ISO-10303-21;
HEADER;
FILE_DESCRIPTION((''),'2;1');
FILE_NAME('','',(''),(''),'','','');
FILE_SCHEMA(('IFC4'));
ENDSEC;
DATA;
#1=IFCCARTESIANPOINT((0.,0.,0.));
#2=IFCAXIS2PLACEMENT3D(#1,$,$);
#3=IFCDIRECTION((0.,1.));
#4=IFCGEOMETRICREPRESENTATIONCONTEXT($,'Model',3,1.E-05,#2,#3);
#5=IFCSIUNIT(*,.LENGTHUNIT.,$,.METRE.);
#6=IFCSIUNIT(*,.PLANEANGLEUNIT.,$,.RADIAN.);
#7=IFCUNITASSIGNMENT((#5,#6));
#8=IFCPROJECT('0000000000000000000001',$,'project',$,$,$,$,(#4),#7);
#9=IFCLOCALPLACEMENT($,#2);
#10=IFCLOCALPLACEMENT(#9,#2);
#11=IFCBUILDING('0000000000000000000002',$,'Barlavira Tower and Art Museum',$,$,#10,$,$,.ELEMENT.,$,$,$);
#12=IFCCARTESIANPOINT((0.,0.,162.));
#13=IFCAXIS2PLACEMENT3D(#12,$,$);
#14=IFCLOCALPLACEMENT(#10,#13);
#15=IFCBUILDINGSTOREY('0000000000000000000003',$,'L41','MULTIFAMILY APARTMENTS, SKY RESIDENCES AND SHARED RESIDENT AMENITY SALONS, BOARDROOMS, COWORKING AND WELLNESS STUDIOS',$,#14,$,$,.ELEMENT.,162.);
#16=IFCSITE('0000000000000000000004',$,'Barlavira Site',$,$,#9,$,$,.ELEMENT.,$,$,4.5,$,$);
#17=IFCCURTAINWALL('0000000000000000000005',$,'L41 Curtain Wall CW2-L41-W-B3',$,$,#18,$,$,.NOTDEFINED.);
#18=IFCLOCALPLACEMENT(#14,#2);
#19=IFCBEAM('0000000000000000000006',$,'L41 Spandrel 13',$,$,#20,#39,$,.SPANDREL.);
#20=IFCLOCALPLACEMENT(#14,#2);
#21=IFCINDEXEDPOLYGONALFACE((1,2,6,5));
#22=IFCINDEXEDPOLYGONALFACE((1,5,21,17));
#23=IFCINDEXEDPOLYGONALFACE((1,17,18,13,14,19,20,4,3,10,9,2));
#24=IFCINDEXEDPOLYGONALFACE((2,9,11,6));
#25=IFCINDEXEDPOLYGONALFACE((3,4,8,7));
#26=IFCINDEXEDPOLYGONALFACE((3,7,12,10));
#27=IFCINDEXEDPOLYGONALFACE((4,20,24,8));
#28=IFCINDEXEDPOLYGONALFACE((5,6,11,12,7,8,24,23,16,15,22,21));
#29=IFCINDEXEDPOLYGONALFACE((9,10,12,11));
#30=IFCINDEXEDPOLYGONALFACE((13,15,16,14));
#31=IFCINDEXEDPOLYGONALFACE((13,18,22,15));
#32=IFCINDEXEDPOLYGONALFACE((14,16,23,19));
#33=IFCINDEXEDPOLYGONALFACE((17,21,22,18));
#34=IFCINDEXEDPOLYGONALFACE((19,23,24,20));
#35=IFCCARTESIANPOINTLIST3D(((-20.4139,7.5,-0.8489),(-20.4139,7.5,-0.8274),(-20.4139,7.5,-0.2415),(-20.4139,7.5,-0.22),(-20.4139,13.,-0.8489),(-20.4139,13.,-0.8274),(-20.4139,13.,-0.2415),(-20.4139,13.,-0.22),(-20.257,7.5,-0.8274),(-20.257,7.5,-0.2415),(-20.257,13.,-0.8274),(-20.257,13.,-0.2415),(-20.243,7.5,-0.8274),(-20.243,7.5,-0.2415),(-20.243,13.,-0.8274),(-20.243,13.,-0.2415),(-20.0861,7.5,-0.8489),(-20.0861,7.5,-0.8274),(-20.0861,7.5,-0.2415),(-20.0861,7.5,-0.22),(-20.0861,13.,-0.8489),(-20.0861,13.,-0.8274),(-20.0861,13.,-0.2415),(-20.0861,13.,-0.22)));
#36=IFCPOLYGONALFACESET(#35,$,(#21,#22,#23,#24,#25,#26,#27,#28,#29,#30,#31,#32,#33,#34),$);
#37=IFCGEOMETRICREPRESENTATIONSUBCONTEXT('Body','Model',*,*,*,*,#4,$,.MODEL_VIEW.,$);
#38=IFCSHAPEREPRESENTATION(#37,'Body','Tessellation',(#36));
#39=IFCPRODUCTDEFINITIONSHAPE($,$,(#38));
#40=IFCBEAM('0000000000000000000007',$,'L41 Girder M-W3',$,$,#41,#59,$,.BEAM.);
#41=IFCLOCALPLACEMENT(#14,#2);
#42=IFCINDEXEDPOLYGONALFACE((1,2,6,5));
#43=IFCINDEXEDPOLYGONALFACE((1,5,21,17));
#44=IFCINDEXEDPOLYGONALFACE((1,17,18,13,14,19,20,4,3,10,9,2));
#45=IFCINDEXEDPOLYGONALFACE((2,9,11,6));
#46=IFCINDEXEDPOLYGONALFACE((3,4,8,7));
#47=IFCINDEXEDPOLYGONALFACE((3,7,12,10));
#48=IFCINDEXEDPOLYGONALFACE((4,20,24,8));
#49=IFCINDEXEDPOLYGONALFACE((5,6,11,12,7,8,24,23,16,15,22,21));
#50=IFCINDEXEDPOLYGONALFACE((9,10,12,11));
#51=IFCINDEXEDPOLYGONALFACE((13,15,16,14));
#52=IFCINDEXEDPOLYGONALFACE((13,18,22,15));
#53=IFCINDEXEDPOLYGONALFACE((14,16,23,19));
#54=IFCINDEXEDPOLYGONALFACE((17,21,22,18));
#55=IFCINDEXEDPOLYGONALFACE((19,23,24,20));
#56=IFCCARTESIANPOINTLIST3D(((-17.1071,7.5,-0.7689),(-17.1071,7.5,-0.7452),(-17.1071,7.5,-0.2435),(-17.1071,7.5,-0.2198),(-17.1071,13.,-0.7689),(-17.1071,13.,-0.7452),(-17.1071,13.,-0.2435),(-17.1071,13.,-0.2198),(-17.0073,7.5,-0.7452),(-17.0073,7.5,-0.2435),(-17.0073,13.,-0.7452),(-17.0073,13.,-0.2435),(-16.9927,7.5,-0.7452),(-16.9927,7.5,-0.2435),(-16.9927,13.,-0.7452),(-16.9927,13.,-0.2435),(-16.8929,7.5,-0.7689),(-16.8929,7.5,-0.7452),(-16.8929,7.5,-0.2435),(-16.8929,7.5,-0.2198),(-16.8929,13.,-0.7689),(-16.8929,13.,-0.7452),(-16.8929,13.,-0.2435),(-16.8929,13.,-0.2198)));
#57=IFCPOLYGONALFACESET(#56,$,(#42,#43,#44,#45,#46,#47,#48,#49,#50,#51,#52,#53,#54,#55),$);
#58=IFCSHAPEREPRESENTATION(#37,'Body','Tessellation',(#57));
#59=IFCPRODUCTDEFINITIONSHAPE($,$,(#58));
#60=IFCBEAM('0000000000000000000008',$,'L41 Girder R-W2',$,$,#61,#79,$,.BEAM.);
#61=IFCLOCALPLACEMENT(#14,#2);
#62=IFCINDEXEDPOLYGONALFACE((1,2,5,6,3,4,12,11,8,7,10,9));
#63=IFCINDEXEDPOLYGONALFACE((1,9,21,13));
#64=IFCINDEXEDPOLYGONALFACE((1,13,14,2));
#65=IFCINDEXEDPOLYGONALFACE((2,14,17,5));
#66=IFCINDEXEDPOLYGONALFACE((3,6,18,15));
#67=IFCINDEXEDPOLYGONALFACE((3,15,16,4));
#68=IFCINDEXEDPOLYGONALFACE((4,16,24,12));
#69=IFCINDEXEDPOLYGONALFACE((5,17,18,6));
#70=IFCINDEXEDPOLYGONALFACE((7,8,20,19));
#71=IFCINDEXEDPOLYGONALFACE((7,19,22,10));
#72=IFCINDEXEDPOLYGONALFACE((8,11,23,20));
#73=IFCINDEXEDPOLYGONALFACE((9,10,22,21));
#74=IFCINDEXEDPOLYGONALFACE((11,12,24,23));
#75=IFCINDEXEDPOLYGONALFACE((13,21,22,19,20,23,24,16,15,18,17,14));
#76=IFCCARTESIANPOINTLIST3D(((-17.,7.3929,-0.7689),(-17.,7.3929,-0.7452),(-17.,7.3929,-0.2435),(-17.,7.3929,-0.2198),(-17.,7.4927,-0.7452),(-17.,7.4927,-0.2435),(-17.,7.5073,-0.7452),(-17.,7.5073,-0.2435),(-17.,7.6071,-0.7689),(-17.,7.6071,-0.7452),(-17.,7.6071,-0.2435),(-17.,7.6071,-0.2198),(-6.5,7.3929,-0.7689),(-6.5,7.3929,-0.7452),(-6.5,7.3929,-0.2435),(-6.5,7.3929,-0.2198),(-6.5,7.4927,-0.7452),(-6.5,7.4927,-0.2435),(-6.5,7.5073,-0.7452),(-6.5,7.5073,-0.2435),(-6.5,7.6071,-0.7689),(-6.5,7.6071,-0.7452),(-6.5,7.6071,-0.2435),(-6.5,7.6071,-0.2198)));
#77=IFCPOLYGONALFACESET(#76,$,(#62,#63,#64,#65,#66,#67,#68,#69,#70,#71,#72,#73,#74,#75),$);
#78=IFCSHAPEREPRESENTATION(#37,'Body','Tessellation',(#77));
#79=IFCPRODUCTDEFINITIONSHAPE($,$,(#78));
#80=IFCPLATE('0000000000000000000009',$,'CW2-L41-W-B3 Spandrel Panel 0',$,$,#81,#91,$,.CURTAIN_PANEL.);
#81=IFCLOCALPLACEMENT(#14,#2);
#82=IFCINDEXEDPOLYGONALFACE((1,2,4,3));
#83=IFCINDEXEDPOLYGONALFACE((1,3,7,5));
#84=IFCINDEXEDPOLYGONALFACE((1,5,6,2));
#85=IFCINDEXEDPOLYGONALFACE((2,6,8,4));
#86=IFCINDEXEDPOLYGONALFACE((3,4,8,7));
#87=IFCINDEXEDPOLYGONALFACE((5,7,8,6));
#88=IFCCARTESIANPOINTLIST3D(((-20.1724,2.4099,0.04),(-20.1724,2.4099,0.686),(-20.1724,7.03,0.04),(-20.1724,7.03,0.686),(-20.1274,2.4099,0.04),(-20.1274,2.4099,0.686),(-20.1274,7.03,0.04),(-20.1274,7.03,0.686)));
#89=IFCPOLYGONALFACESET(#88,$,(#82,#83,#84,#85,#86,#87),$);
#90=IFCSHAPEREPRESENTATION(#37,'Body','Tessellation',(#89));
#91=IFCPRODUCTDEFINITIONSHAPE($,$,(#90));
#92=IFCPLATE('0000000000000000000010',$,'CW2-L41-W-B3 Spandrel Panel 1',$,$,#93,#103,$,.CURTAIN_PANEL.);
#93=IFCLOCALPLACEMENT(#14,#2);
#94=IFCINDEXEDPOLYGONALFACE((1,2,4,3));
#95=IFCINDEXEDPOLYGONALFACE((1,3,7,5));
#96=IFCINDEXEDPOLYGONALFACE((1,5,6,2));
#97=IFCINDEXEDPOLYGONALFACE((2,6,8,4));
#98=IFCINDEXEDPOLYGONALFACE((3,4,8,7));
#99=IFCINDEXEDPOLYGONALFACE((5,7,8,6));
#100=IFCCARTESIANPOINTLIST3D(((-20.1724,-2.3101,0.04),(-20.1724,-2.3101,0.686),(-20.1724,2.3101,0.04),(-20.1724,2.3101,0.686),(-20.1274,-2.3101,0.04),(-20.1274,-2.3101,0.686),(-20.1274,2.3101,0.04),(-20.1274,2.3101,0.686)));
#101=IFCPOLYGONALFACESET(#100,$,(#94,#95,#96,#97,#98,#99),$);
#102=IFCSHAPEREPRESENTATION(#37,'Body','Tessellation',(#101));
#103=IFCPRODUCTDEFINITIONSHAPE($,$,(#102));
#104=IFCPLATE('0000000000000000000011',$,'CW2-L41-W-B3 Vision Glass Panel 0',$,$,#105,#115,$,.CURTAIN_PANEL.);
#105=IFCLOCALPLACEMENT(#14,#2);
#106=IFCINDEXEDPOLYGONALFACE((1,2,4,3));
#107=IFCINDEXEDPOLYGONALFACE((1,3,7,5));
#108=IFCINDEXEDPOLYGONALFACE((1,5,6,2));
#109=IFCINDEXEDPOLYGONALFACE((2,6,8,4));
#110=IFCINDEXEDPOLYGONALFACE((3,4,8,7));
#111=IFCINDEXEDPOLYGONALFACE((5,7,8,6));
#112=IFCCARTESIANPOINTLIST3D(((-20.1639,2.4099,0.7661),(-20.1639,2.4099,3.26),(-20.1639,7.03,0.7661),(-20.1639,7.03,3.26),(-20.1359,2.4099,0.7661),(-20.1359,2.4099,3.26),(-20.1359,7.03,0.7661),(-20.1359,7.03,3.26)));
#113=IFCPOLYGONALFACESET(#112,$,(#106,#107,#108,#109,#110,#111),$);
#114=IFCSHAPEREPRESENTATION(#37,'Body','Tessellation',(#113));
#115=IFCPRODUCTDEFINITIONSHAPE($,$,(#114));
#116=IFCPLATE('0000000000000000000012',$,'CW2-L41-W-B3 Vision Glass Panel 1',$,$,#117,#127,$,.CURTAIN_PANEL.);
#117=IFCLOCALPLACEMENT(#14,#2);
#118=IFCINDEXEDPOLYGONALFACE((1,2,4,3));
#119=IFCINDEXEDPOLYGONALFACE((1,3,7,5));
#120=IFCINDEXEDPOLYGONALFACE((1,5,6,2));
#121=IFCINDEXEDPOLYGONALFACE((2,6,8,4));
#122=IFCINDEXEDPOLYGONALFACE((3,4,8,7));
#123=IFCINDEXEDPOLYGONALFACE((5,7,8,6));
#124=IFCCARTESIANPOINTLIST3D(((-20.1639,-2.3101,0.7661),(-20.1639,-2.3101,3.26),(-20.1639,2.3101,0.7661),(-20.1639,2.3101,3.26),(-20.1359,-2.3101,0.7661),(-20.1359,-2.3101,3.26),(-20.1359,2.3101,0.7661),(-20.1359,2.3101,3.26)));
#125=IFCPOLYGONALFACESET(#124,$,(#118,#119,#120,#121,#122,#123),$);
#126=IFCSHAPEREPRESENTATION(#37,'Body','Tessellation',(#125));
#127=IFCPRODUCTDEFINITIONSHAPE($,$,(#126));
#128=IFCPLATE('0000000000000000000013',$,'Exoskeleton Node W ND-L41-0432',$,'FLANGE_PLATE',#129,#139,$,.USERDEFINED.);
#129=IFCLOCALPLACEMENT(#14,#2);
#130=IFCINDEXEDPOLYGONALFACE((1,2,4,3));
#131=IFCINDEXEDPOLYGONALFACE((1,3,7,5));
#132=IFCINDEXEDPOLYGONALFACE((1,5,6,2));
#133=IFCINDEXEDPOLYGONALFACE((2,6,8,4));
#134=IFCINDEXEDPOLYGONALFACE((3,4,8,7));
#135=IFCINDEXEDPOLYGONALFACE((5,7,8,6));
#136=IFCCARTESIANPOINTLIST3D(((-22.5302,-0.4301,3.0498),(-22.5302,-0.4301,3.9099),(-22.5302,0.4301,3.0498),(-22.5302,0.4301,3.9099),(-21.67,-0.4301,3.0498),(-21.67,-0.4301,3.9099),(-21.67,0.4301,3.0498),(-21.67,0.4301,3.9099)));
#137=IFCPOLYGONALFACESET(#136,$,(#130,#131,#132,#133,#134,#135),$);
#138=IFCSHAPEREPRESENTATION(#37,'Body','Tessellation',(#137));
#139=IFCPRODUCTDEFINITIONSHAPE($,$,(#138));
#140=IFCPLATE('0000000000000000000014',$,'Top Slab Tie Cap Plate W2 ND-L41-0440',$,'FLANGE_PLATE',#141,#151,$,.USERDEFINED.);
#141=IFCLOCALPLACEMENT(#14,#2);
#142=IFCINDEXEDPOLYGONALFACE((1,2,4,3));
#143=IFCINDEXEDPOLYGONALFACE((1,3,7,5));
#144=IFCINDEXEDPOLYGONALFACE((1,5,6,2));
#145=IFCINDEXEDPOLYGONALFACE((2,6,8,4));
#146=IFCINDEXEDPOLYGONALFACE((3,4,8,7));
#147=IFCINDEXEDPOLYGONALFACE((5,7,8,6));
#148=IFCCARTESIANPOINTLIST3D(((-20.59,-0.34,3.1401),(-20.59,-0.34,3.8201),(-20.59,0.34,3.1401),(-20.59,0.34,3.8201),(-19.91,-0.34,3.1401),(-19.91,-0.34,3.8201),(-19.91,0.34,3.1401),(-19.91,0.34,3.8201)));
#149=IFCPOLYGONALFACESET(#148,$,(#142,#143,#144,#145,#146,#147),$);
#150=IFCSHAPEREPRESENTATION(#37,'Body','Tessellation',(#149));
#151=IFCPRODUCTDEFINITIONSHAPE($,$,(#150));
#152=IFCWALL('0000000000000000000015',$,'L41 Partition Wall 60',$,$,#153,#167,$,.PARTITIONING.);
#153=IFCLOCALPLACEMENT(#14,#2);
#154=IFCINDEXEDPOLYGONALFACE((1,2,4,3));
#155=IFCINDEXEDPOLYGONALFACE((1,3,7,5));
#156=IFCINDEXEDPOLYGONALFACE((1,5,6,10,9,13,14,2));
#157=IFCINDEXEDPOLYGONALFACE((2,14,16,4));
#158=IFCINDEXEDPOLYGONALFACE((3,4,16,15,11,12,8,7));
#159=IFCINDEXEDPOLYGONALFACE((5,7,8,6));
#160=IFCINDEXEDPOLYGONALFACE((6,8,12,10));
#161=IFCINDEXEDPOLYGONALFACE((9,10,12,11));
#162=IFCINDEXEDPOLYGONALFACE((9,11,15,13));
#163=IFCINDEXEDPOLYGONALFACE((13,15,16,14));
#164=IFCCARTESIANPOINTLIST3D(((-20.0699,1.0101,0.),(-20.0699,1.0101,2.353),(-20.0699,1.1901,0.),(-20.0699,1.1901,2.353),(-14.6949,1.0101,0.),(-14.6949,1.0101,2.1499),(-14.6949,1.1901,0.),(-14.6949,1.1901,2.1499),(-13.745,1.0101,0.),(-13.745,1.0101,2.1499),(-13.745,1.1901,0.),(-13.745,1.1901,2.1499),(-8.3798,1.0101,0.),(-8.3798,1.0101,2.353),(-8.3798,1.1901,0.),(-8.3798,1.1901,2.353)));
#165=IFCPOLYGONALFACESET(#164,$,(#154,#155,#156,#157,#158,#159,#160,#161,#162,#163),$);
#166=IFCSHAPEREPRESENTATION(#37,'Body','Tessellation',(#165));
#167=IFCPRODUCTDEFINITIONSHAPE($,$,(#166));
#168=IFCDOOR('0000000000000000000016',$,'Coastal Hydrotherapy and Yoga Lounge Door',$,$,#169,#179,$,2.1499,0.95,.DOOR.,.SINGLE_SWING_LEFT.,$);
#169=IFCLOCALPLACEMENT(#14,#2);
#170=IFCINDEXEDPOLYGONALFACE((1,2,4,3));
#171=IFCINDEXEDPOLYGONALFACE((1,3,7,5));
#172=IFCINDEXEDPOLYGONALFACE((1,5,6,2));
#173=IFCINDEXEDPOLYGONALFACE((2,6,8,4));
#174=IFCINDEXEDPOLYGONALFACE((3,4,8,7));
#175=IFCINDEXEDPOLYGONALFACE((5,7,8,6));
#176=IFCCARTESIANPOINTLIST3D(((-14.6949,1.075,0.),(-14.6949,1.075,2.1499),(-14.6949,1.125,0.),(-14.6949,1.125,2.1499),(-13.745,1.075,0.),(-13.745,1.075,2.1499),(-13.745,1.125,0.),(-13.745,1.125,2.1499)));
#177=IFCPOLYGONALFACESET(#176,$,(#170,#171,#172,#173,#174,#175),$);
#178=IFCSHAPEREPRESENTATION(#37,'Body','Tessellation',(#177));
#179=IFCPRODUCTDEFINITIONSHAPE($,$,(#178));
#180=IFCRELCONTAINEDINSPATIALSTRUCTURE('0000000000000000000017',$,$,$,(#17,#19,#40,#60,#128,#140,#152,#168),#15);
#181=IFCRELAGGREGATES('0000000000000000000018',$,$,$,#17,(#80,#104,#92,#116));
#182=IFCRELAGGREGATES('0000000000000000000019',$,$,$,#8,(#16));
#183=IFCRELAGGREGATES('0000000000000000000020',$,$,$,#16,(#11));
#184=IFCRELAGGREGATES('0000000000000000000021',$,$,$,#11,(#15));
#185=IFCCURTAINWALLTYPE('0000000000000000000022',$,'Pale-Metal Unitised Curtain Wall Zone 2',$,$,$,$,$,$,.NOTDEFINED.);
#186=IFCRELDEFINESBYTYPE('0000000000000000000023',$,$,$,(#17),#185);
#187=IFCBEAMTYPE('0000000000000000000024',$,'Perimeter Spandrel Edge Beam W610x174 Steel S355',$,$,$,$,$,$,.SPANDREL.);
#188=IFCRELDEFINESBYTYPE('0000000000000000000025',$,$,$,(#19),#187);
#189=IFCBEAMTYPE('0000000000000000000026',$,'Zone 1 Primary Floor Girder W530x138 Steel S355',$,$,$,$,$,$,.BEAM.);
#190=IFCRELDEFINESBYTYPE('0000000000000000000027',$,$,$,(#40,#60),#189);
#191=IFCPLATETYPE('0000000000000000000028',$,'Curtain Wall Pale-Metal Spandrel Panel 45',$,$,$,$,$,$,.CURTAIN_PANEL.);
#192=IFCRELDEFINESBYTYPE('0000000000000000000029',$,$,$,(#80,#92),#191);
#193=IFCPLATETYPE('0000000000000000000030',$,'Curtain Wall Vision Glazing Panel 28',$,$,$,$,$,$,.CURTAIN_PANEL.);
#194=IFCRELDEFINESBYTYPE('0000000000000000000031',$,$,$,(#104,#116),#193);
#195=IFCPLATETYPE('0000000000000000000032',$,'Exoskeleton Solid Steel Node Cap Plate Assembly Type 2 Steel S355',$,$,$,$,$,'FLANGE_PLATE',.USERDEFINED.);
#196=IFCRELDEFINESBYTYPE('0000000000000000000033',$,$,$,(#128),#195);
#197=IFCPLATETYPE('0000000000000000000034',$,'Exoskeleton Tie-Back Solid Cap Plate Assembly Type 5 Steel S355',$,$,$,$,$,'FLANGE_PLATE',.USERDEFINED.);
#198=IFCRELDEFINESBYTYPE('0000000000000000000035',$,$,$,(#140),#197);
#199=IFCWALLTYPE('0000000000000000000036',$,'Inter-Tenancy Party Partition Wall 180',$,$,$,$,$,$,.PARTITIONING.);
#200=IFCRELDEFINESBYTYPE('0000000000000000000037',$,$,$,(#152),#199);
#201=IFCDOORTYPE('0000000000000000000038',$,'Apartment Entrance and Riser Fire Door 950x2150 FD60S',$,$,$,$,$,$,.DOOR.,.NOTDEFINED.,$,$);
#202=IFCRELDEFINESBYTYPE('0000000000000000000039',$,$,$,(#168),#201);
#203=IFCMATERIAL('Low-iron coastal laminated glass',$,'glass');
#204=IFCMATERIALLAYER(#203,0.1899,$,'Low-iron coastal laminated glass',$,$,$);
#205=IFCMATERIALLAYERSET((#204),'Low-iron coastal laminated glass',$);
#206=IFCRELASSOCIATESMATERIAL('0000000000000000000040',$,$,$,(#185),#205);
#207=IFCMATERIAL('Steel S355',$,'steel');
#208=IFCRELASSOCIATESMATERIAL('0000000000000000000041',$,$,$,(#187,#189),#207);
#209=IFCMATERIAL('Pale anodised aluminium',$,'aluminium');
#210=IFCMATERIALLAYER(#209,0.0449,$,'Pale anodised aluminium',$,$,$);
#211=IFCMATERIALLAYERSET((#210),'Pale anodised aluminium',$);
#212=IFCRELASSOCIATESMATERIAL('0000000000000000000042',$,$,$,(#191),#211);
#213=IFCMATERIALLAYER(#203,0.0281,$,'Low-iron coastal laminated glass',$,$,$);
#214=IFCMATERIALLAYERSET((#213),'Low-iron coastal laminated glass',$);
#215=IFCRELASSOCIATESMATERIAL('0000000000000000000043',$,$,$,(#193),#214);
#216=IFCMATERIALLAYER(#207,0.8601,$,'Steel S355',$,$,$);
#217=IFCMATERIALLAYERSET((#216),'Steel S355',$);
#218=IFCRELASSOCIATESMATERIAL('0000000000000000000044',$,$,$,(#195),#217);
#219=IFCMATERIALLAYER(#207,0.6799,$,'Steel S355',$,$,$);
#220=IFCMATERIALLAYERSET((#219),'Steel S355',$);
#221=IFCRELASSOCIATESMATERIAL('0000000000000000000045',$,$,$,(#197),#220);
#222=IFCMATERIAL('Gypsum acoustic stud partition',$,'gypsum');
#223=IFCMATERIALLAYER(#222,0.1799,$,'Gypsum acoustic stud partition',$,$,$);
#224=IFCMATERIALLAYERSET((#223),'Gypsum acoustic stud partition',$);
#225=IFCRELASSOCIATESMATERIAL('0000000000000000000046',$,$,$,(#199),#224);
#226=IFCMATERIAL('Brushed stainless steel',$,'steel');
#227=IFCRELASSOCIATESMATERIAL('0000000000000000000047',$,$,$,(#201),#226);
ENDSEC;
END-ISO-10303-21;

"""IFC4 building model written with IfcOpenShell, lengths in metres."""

from ifc_helpers import new_model, si_unit, direction, frame, frame_2d, origin, origin_2d, place, context, subcontext, project, spatial, rectangle, i_section, extrude, material, layer, layer_set, material_profile, profile_set, type_object, element, fill, aggregate, save


model = new_model("IFC4")

# Units and contexts
model_context = context("Model", 3, precision=1e-05, world=origin(), true_north=direction((0.0, 1.0)))
body_context = subcontext(model_context, "Body", "Model", "MODEL_VIEW")
ifc_project = project(units=[si_unit("LENGTHUNIT", "METRE"), si_unit("PLANEANGLEUNIT", "RADIAN")], contexts=[model_context])

# Site, building, storey
site_placement = place(None, origin())
site = spatial("IfcSite", under=ifc_project, at=site_placement, Name="Barlavira Site", CompositionType="ELEMENT", RefElevation=4.5)
building_placement = place(site_placement, origin())
building = spatial("IfcBuilding", under=site, at=building_placement, Name="Barlavira Tower and Art Museum", CompositionType="ELEMENT")
storey_placement = place(building_placement, frame((0.0, 0.0, 162.0)))
storey = spatial("IfcBuildingStorey", under=building, at=storey_placement, Name="L41", Description="MULTIFAMILY APARTMENTS, SKY RESIDENCES AND SHARED RESIDENT AMENITY SALONS, BOARDROOMS, COWORKING AND WELLNESS STUDIOS", CompositionType="ELEMENT", Elevation=162.0)

# Curtain wall
ifc_material_1 = material(Name="Low-iron coastal laminated glass", Category="glass")
ifc_layer_1 = layer(ifc_material_1, 0.1899, Name="Low-iron coastal laminated glass")
ifc_layer_set_1 = layer_set([ifc_layer_1], Name="Low-iron coastal laminated glass")
curtain_wall_type = type_object("IfcCurtainWallType", Name="Pale-Metal Unitised Curtain Wall Zone 2", PredefinedType="NOTDEFINED", material=ifc_layer_set_1)
curtain_wall_placement = place(storey_placement, origin())
curtain_wall = element("IfcCurtainWall", 1, at=curtain_wall_placement, inside=storey, type_object=curtain_wall_type, Name="L41 Curtain Wall CW2-L41-W-B3", PredefinedType="NOTDEFINED")
ifc_material_2 = material(Name="Pale anodised aluminium", Category="aluminium")

# Shared definitions
ifc_material_3 = material(Name="Steel S355", Category="steel")

# Beams
ifc_material_profile_1 = material_profile(ifc_material_3, i_section(OverallWidth=0.3279, OverallDepth=0.6289, WebThickness=0.0139, FlangeThickness=0.0215, at=origin_2d()), Name="W610x174.0")
ifc_profile_set_1 = profile_set([ifc_material_profile_1], Name="Steel S355")
beam_type_1 = type_object("IfcBeamType", Name="Perimeter Spandrel Edge Beam W610x174 Steel S355", PredefinedType="SPANDREL", material=ifc_profile_set_1)
beam_1_placement = place(storey_placement, frame((-20.25, 7.5, -0.5344), z_axis=(0.0, 1.0, 0.0), x_axis=(-1.0, 0.0, 0.0)))
element("IfcBeam", 2, at=beam_1_placement, inside=storey, type_object=beam_type_1, Name="L41 Spandrel 13", PredefinedType="SPANDREL", context=body_context, shape_type="SweptSolid", body=[
    extrude(i_section(OverallWidth=0.3279, OverallDepth=0.6289, WebThickness=0.0139, FlangeThickness=0.0215, at=origin_2d()), origin(), (0.0, 0.0, 1.0), 5.5),
])
ifc_material_profile_2 = material_profile(ifc_material_3, i_section(OverallWidth=0.2141, OverallDepth=0.5491, WebThickness=0.0146, FlangeThickness=0.0237, at=origin_2d()), Name="W530x138.0")
ifc_profile_set_2 = profile_set([ifc_material_profile_2], Name="Steel S355")
beam_type_2 = type_object("IfcBeamType", Name="Zone 1 Primary Floor Girder W530x138 Steel S355", PredefinedType="BEAM", material=ifc_profile_set_2)
beam_2_placement = place(storey_placement, frame((-17.0, 7.5, -0.4944), z_axis=(0.0, 1.0, 0.0), x_axis=(-1.0, 0.0, 0.0)))
element("IfcBeam", 3, at=beam_2_placement, inside=storey, type_object=beam_type_2, Name="L41 Girder M-W3", PredefinedType="BEAM", context=body_context, shape_type="SweptSolid", body=[
    extrude(i_section(OverallWidth=0.2141, OverallDepth=0.5491, WebThickness=0.0146, FlangeThickness=0.0237, at=origin_2d()), origin(), (0.0, 0.0, 1.0), 5.5),
])
beam_3_placement = place(storey_placement, frame((-17.0, 7.5, -0.4944), z_axis=(1.0, 0.0, 0.0), x_axis=(0.0, 1.0, 0.0)))
element("IfcBeam", 4, at=beam_3_placement, inside=storey, type_object=beam_type_2, Name="L41 Girder R-W2", PredefinedType="BEAM", context=body_context, shape_type="SweptSolid", body=[
    extrude(i_section(OverallWidth=0.2141, OverallDepth=0.5491, WebThickness=0.0146, FlangeThickness=0.0237, at=origin_2d()), origin(), (0.0, 0.0, 1.0), 10.5),
])

# Plates
ifc_layer_2 = layer(ifc_material_2, 0.0449, Name="Pale anodised aluminium")
ifc_layer_set_2 = layer_set([ifc_layer_2], Name="Pale anodised aluminium")
plate_type_1 = type_object("IfcPlateType", Name="Curtain Wall Pale-Metal Spandrel Panel 45", PredefinedType="CURTAIN_PANEL", material=ifc_layer_set_2)
plate_1_placement = place(storey_placement, frame((-20.1499, 4.72, 0.04), z_axis=(0.0, 0.0, 1.0), x_axis=(0.0, -1.0, 0.0)))
plate_1 = element("IfcPlate", 5, at=plate_1_placement, type_object=plate_type_1, Name="CW2-L41-W-B3 Spandrel Panel 0", PredefinedType="CURTAIN_PANEL", context=body_context, shape_type="SweptSolid", body=[
    extrude(rectangle(XDim=4.6201, YDim=0.0449, at=origin_2d()), origin(), (0.0, 0.0, 1.0), 0.646),
])
plate_2_placement = place(storey_placement, frame((-20.1499, 0.0, 0.04), z_axis=(0.0, 0.0, 1.0), x_axis=(0.0, -1.0, 0.0)))
plate_2 = element("IfcPlate", 6, at=plate_2_placement, type_object=plate_type_1, Name="CW2-L41-W-B3 Spandrel Panel 1", PredefinedType="CURTAIN_PANEL", context=body_context, shape_type="SweptSolid", body=[
    extrude(rectangle(XDim=4.6201, YDim=0.0449, at=origin_2d()), origin(), (0.0, 0.0, 1.0), 0.646),
])
ifc_layer_3 = layer(ifc_material_1, 0.0281, Name="Low-iron coastal laminated glass")
ifc_layer_set_3 = layer_set([ifc_layer_3], Name="Low-iron coastal laminated glass")
plate_type_2 = type_object("IfcPlateType", Name="Curtain Wall Vision Glazing Panel 28", PredefinedType="CURTAIN_PANEL", material=ifc_layer_set_3)
plate_3_placement = place(storey_placement, frame((-20.1499, 4.72, 0.7661), z_axis=(0.0, 0.0, 1.0), x_axis=(0.0, -1.0, 0.0)))
plate_3 = element("IfcPlate", 7, at=plate_3_placement, type_object=plate_type_2, Name="CW2-L41-W-B3 Vision Glass Panel 0", PredefinedType="CURTAIN_PANEL", context=body_context, shape_type="SweptSolid", body=[
    extrude(rectangle(XDim=4.6201, YDim=0.0281, at=origin_2d()), origin(), (0.0, 0.0, 1.0), 2.4939),
])
plate_4_placement = place(storey_placement, frame((-20.1499, 0.0, 0.7661), z_axis=(0.0, 0.0, 1.0), x_axis=(0.0, -1.0, 0.0)))
plate_4 = element("IfcPlate", 8, at=plate_4_placement, type_object=plate_type_2, Name="CW2-L41-W-B3 Vision Glass Panel 1", PredefinedType="CURTAIN_PANEL", context=body_context, shape_type="SweptSolid", body=[
    extrude(rectangle(XDim=4.6201, YDim=0.0281, at=origin_2d()), origin(), (0.0, 0.0, 1.0), 2.4939),
])
aggregate(curtain_wall, [plate_1, plate_3, plate_2, plate_4])

# Plates
ifc_layer_4 = layer(ifc_material_3, 0.8601, Name="Steel S355")
ifc_layer_set_4 = layer_set([ifc_layer_4], Name="Steel S355")
plate_type_3 = type_object("IfcPlateType", Name="Exoskeleton Solid Steel Node Cap Plate Assembly Type 2 Steel S355", ElementType="FLANGE_PLATE", PredefinedType="USERDEFINED", material=ifc_layer_set_4)
plate_5_placement = place(storey_placement, frame((-22.1001, 0.0, 3.0498), z_axis=(0.0, 0.0, 1.0), x_axis=(1.0, 0.0, 0.0)))
element("IfcPlate", 9, at=plate_5_placement, inside=storey, type_object=plate_type_3, Name="Exoskeleton Node W ND-L41-0432", ObjectType="FLANGE_PLATE", PredefinedType="USERDEFINED", context=body_context, shape_type="SweptSolid", body=[
    extrude(rectangle(XDim=0.8601, YDim=0.8601, at=origin_2d()), origin(), (0.0, 0.0, 1.0), 0.8601),
])
ifc_layer_5 = layer(ifc_material_3, 0.6799, Name="Steel S355")
ifc_layer_set_5 = layer_set([ifc_layer_5], Name="Steel S355")
plate_type_4 = type_object("IfcPlateType", Name="Exoskeleton Tie-Back Solid Cap Plate Assembly Type 5 Steel S355", ElementType="FLANGE_PLATE", PredefinedType="USERDEFINED", material=ifc_layer_set_5)
plate_6_placement = place(storey_placement, frame((-20.25, 0.0, 3.1401), z_axis=(0.0, 0.0, 1.0), x_axis=(1.0, 0.0, 0.0)))
element("IfcPlate", 10, at=plate_6_placement, inside=storey, type_object=plate_type_4, Name="Top Slab Tie Cap Plate W2 ND-L41-0440", ObjectType="FLANGE_PLATE", PredefinedType="USERDEFINED", context=body_context, shape_type="SweptSolid", body=[
    extrude(rectangle(XDim=0.6799, YDim=0.6799, at=origin_2d()), origin(), (0.0, 0.0, 1.0), 0.6799),
])

# Wall, opening, door
ifc_material_4 = material(Name="Gypsum acoustic stud partition", Category="gypsum")
ifc_layer_6 = layer(ifc_material_4, 0.1799, Name="Gypsum acoustic stud partition")
ifc_layer_set_6 = layer_set([ifc_layer_6], Name="Gypsum acoustic stud partition")
wall_type = type_object("IfcWallType", Name="Inter-Tenancy Party Partition Wall 180", PredefinedType="PARTITIONING", material=ifc_layer_set_6)
wall_1_placement = place(storey_placement, frame((-20.0701, 1.1001, 0.0), z_axis=(0.0, 0.0, 1.0), x_axis=(1.0, 0.0, 0.0)))
wall_1 = element("IfcWall", 11, at=wall_1_placement, inside=storey, type_object=wall_type, Name="L41 Partition Wall 60", PredefinedType="PARTITIONING", context=body_context, shape_type="SweptSolid", body=[
    extrude(rectangle(XDim=11.6902, YDim=0.1799, at=frame_2d((5.8452, 0.0))), origin(), (0.0, 0.0, 1.0), 2.353),
])
opening_placement = place(wall_1_placement, frame((5.375, 0.0, 0.0)))
opening = element("IfcOpeningElement", 12, at=opening_placement, cuts=wall_1, PredefinedType="OPENING", context=body_context, shape_type="SweptSolid", body=[
    extrude(rectangle(XDim=0.95, YDim=2.1499, at=frame_2d((0.4751, 1.075))), frame((0.0, 0.1001, 0.0), z_axis=(0.0, -1.0, 0.0), x_axis=(1.0, 0.0, 0.0)), (0.0, 0.0, 1.0), 0.2),
])
ifc_material_5 = material(Name="Brushed stainless steel", Category="steel")
door_type = type_object("IfcDoorType", Name="Apartment Entrance and Riser Fire Door 950x2150 FD60S", OperationType="NOTDEFINED", PredefinedType="DOOR", material=ifc_material_5)
door_placement = place(opening_placement, origin())
door = element("IfcDoor", 13, at=door_placement, inside=storey, type_object=door_type, Name="Coastal Hydrotherapy and Yoga Lounge Door", OperationType="SINGLE_SWING_LEFT", OverallHeight=2.1499, OverallWidth=0.95, PredefinedType="DOOR", context=body_context, shape_type="SweptSolid", body=[
    extrude(rectangle(XDim=0.95, YDim=2.1499, at=frame_2d((0.4751, 1.075))), frame((0.0, 0.0249, 0.0), z_axis=(0.0, -1.0, 0.0), x_axis=(1.0, 0.0, 0.0)), (0.0, 0.0, 1.0), 0.05),
])
fill(opening, door)

save(model, "model.ifc")
